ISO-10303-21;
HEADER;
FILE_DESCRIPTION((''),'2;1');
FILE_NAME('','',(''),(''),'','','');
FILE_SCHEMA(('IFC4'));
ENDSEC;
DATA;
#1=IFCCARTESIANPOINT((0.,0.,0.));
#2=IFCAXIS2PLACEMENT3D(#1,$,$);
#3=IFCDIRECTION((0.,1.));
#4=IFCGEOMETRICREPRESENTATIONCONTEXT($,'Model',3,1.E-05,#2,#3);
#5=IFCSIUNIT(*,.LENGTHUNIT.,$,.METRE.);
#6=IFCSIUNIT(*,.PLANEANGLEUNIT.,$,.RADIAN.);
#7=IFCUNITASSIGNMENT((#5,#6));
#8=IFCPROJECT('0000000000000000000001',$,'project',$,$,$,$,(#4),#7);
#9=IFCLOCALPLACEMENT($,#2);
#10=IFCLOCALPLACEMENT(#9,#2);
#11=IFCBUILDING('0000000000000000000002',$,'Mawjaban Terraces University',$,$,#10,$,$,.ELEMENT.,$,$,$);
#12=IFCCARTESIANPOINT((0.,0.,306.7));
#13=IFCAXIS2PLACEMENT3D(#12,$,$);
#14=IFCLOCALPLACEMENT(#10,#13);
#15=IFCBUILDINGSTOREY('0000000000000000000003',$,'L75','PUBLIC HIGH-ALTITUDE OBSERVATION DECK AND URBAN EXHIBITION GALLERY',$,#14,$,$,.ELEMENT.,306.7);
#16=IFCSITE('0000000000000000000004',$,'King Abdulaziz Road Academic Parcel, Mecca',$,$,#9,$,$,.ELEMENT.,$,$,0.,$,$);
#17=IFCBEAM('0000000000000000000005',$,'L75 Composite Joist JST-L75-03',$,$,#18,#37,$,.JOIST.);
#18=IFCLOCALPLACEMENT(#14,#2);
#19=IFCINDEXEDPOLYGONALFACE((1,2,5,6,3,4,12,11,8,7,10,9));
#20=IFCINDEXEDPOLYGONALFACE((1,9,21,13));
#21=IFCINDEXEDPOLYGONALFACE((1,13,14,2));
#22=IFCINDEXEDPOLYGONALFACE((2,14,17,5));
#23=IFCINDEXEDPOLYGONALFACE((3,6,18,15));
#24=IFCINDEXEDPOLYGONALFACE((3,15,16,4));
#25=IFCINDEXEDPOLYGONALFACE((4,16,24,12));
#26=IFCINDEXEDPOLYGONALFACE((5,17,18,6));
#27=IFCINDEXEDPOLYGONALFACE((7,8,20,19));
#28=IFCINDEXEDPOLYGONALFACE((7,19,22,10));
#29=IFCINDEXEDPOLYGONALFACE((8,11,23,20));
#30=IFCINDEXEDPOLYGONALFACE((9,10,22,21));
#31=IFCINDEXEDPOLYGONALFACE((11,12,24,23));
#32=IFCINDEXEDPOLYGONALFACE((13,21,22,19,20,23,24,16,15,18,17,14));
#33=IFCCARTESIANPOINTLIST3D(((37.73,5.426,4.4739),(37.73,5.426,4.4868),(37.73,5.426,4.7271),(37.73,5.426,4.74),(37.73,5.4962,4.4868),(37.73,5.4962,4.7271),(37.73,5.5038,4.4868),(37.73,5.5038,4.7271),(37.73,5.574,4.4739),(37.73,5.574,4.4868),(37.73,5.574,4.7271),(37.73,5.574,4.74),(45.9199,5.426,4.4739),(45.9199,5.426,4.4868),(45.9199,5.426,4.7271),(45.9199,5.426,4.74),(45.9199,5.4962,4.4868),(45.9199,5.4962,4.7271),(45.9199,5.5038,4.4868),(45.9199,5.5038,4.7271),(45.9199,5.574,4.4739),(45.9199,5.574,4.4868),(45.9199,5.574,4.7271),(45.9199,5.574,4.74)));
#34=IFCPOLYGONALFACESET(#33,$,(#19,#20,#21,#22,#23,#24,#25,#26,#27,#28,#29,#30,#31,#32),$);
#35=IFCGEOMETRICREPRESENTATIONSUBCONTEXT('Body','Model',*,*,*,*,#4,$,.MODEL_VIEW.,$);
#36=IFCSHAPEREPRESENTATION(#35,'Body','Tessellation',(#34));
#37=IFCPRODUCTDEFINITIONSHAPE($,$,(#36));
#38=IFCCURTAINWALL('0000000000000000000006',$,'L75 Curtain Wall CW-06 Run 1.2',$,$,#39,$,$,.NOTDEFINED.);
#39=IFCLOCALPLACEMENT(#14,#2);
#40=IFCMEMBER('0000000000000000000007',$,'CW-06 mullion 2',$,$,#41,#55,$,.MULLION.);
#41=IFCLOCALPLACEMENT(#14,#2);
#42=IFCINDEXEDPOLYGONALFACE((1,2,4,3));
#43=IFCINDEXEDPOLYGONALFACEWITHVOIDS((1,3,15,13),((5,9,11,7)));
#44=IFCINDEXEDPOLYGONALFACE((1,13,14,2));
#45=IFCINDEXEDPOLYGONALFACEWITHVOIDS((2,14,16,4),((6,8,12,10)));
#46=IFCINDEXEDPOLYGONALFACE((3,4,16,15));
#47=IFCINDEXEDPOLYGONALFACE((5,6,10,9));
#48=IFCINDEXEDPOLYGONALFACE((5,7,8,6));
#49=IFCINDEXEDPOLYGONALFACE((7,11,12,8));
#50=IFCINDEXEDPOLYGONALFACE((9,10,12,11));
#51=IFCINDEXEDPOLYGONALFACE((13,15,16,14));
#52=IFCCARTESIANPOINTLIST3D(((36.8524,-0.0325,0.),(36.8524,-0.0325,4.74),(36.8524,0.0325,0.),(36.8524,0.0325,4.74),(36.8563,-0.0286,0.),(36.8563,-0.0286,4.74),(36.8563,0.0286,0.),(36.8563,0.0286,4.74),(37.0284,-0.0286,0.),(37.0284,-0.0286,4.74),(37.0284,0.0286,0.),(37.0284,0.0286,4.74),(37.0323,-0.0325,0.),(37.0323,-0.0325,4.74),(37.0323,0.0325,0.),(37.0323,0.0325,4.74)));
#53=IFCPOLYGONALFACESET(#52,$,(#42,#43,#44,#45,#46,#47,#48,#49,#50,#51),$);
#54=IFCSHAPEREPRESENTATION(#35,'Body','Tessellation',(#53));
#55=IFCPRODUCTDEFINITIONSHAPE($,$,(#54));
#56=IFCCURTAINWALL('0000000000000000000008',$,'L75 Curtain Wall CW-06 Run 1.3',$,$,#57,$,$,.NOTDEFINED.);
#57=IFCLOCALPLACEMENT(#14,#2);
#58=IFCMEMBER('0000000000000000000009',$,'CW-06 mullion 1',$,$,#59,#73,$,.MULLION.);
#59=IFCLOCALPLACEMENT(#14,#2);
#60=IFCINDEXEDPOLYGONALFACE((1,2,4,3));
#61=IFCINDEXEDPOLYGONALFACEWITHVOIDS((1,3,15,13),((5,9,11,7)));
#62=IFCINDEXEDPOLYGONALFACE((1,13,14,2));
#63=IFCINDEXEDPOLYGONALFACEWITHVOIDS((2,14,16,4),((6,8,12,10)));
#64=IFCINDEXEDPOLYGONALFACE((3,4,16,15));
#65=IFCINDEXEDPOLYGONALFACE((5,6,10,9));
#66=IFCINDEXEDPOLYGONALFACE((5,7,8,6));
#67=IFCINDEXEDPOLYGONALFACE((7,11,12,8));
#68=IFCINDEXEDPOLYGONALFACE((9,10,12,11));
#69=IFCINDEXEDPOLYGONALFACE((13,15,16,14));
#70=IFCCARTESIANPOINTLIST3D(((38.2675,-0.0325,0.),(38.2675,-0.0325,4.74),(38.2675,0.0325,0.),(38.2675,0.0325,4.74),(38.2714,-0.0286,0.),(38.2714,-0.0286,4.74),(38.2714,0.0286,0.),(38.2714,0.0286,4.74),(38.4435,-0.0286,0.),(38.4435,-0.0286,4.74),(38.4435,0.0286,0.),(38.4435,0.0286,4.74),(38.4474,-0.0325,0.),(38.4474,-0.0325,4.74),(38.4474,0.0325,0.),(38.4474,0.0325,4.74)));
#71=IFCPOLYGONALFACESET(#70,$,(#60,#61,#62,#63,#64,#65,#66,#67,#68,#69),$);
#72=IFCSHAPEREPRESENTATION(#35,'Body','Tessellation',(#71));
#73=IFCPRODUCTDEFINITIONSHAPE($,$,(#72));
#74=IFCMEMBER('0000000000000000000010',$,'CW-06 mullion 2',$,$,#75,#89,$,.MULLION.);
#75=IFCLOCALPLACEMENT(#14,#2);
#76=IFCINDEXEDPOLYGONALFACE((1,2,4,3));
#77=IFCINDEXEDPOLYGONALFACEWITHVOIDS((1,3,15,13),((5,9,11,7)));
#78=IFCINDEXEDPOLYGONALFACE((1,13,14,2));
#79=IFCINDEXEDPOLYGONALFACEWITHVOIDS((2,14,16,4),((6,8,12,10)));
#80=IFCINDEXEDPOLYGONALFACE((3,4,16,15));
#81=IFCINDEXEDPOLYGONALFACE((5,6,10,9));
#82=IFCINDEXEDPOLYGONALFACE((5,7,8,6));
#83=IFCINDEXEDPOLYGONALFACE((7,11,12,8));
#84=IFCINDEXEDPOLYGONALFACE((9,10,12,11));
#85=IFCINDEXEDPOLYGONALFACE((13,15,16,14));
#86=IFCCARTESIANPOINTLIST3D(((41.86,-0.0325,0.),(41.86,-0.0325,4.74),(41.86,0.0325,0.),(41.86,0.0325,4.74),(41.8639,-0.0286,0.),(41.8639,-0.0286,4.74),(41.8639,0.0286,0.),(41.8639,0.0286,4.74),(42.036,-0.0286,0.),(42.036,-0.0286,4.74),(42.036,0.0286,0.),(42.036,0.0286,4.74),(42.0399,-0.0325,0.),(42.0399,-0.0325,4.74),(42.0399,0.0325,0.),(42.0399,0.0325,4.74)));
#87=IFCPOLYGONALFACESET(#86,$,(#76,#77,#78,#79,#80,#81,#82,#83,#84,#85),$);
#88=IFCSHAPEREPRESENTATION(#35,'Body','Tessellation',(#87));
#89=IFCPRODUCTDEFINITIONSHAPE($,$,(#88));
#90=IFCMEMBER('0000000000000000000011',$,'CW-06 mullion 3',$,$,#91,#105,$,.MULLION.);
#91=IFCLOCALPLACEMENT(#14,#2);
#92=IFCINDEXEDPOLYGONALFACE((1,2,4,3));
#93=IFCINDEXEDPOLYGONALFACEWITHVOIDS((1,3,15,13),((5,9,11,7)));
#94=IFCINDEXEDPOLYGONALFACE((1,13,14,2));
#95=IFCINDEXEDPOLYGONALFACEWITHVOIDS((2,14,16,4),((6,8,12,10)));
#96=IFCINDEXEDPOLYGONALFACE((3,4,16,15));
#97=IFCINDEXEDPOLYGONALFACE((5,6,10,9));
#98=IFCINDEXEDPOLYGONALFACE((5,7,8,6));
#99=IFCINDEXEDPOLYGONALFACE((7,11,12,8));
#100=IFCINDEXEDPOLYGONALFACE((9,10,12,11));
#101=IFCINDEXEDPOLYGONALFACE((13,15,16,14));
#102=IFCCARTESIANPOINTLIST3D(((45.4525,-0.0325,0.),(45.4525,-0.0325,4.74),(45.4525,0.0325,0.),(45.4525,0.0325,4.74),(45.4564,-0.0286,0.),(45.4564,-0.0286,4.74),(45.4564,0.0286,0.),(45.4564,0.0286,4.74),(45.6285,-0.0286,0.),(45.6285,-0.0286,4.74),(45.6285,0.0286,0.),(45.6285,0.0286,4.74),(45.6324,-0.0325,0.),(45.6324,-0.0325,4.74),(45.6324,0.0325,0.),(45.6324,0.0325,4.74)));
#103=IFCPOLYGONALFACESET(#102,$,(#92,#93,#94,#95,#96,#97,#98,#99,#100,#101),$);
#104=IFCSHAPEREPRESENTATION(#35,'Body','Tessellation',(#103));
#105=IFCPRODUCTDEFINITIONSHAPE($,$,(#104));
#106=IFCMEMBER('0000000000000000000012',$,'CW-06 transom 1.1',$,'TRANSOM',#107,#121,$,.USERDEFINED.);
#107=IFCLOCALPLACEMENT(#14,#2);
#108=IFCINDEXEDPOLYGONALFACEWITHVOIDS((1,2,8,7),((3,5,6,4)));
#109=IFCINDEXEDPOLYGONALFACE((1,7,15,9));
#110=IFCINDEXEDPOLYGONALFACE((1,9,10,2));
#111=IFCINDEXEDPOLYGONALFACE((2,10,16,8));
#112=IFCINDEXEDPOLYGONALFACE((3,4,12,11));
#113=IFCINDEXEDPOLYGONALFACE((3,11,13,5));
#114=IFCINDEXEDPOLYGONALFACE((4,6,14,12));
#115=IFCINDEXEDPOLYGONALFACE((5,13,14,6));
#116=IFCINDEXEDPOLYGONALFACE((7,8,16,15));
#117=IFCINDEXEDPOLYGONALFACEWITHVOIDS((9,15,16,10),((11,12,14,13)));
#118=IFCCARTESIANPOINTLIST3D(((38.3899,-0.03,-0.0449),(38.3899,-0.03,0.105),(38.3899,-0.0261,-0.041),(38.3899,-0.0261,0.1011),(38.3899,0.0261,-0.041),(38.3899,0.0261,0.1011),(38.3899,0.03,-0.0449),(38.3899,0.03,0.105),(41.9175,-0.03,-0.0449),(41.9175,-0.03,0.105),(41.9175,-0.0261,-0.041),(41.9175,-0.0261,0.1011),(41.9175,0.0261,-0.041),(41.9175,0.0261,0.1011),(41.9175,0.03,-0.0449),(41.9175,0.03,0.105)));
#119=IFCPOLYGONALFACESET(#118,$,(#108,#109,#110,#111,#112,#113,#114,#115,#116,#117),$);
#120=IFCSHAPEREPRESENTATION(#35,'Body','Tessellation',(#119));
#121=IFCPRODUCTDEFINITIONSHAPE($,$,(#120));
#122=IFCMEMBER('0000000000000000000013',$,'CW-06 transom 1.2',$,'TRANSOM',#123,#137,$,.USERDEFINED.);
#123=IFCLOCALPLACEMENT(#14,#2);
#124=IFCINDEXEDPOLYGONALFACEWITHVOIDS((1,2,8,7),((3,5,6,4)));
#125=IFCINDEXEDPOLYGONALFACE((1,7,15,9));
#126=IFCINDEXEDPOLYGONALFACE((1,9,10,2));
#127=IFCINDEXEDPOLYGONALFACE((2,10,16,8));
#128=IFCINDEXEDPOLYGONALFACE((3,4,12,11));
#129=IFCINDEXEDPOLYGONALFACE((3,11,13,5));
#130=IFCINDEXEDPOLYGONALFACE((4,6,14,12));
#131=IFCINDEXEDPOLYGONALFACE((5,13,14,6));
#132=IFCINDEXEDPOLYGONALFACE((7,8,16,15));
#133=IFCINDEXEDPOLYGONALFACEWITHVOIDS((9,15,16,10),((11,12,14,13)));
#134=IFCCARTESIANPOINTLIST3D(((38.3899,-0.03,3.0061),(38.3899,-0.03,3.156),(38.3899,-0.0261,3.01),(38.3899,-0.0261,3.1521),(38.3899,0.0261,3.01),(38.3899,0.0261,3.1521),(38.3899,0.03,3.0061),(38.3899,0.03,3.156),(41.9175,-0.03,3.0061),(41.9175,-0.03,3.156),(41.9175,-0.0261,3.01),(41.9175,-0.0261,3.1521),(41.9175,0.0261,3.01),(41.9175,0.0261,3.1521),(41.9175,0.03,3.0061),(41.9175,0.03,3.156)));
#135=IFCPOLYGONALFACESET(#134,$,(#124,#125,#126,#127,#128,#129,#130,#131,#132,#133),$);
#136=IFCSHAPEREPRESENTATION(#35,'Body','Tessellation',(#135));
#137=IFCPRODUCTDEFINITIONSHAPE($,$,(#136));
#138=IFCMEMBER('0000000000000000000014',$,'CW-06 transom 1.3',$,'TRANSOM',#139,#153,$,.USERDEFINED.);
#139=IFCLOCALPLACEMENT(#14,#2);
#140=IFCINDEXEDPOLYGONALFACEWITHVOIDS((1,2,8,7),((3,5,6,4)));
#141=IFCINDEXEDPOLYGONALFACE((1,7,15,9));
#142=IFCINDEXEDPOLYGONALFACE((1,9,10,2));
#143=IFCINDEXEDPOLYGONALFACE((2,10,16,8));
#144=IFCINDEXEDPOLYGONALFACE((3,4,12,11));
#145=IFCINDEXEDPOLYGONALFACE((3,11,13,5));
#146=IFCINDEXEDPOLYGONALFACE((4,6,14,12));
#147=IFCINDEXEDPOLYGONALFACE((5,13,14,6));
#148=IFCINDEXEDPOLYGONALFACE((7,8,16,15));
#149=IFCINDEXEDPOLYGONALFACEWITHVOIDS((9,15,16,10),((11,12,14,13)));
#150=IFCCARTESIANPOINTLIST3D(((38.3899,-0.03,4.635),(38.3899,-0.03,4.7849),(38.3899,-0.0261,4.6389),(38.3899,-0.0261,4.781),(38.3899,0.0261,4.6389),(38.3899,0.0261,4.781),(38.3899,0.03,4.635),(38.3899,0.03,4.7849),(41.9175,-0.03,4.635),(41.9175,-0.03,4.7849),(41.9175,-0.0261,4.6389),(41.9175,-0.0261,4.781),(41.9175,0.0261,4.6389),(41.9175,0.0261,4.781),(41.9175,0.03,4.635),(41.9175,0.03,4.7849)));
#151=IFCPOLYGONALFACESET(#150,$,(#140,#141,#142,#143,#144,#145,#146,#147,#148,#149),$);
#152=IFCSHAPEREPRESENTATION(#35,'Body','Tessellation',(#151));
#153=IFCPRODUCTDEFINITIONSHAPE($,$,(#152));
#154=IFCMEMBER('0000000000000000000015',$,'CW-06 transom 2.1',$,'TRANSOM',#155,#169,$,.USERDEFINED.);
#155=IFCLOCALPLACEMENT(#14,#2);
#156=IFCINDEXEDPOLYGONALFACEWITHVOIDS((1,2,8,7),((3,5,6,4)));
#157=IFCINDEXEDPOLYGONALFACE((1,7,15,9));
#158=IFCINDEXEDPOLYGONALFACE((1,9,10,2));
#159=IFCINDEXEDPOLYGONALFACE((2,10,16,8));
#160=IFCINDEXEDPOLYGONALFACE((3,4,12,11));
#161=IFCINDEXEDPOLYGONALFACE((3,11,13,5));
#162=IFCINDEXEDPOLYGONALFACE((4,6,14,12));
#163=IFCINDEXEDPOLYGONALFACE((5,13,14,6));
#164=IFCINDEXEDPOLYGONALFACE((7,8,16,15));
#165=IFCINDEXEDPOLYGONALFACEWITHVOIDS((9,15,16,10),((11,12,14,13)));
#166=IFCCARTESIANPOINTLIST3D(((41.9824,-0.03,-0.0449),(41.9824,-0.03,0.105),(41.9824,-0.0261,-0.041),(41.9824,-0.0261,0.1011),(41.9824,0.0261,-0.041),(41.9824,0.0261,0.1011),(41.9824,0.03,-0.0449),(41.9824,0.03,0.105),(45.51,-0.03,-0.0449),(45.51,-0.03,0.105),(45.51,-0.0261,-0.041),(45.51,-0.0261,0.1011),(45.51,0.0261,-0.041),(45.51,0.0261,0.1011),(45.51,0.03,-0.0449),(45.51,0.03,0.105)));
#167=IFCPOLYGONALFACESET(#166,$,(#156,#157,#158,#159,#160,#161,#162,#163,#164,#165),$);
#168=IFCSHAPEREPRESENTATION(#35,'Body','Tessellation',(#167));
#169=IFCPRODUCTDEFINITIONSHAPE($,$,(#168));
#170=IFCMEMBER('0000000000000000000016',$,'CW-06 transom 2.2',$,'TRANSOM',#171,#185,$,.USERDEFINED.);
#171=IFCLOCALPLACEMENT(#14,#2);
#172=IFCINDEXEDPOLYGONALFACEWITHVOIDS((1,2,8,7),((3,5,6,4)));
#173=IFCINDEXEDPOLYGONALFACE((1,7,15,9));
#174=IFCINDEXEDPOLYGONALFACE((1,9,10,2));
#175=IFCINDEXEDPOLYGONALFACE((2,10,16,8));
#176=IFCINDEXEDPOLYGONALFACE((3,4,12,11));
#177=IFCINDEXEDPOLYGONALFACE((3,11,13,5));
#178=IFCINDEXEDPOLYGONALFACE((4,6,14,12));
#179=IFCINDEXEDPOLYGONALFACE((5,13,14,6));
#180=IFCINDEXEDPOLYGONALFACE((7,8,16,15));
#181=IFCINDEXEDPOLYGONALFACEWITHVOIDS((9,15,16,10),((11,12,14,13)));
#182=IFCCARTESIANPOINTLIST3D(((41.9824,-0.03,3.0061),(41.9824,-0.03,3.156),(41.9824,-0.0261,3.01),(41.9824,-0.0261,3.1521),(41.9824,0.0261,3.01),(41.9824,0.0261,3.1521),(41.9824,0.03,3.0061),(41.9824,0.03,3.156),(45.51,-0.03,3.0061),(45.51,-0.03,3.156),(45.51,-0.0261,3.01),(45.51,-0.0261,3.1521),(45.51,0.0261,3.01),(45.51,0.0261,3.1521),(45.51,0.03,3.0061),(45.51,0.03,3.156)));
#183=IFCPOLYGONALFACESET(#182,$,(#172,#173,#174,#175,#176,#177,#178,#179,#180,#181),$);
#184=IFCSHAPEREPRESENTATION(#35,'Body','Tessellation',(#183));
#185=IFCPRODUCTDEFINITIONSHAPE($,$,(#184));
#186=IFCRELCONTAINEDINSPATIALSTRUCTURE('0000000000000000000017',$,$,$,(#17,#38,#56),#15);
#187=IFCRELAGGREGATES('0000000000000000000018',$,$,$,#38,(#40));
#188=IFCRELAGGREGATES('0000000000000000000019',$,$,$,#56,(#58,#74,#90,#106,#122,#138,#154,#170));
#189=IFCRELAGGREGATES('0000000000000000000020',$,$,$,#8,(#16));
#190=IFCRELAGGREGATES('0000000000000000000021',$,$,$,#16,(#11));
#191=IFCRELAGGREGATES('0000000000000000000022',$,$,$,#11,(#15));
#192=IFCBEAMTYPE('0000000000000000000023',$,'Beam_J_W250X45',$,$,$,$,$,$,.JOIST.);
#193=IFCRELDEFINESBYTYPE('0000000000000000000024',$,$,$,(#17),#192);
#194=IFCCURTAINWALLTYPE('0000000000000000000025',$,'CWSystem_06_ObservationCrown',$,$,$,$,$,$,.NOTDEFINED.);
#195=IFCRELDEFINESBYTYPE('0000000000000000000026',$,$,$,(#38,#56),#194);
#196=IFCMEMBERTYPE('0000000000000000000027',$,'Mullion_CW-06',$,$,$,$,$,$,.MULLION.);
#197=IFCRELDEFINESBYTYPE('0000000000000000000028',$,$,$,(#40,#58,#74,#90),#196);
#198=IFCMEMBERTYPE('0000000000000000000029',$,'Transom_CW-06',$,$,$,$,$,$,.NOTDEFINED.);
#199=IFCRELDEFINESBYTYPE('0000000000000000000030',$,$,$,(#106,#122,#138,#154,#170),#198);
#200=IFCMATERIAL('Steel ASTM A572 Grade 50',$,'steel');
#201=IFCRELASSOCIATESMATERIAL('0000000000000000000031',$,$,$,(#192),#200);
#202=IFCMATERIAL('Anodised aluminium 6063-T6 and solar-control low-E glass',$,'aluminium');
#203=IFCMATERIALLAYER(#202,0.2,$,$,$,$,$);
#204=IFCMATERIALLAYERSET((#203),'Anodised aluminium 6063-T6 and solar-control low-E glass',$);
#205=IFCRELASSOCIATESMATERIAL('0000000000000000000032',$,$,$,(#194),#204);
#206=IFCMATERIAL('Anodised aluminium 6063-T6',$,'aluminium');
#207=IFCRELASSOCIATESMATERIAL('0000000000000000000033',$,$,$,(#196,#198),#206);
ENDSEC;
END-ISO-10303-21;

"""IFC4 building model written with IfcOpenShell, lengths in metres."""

from ifc_helpers import new_model, si_unit, direction, frame, origin, origin_2d, place, context, subcontext, project, spatial, hollow_rectangle, i_section, extrude, material, layer, layer_set, material_profile, profile_set, type_object, element, aggregate, save


model = new_model("IFC4")

# Units and contexts
model_context = context("Model", 3, precision=1e-05, world=origin(), true_north=direction((0.0, 1.0)))
body_context = subcontext(model_context, "Body", "Model", "MODEL_VIEW")
ifc_project = project(units=[si_unit("LENGTHUNIT", "METRE"), si_unit("PLANEANGLEUNIT", "RADIAN")], contexts=[model_context])

# Site, building, storey
site_placement = place(None, origin())
site = spatial("IfcSite", under=ifc_project, at=site_placement, Name="King Abdulaziz Road Academic Parcel, Mecca", CompositionType="ELEMENT", RefElevation=0.0)
building_placement = place(site_placement, origin())
building = spatial("IfcBuilding", under=site, at=building_placement, Name="Mawjaban Terraces University", CompositionType="ELEMENT")
storey_placement = place(building_placement, frame((0.0, 0.0, 306.7)))
storey = spatial("IfcBuildingStorey", under=building, at=storey_placement, Name="L75", Description="PUBLIC HIGH-ALTITUDE OBSERVATION DECK AND URBAN EXHIBITION GALLERY", CompositionType="ELEMENT", Elevation=306.7)

# Beam
ifc_material_1 = material(Name="Steel ASTM A572 Grade 50", Category="steel")
ifc_material_profile_1 = material_profile(ifc_material_1, i_section(OverallWidth=0.1479, OverallDepth=0.2661, WebThickness=0.0076, FlangeThickness=0.0129, at=origin_2d()), Name="W250X45")
ifc_profile_set_1 = profile_set([ifc_material_profile_1], Name="Steel ASTM A572 Grade 50")
beam_type_1 = type_object("IfcBeamType", Name="Beam_J_W250X45", PredefinedType="JOIST", material=ifc_profile_set_1)
for number, where, z_axis, x_axis, name in (
    (1, (37.73, 5.5, 4.6069), (1.0, 0.0, 0.0), (0.0, 1.0, 0.0), "L75 Composite Joist JST-L75-03"),
):
    element("IfcBeam", number, at=place(storey_placement, frame(where, z_axis=z_axis, x_axis=x_axis)), inside=storey, type_object=beam_type_1, Name=name, PredefinedType="JOIST", context=body_context, shape_type="SweptSolid", body=[
        extrude(i_section(OverallWidth=0.1479, OverallDepth=0.2661, WebThickness=0.0076, FlangeThickness=0.0129, at=origin_2d()), origin(), (0.0, 0.0, 1.0), 8.1899),
    ])

# Curtain wall, member
ifc_material_2 = material(Name="Anodised aluminium 6063-T6 and solar-control low-E glass", Category="aluminium")
ifc_layer_1 = layer(ifc_material_2, 0.2)
ifc_layer_set_1 = layer_set([ifc_layer_1], Name="Anodised aluminium 6063-T6 and solar-control low-E glass")
curtain_wall_type = type_object("IfcCurtainWallType", Name="CWSystem_06_ObservationCrown", PredefinedType="NOTDEFINED", material=ifc_layer_set_1)
curtain_wall_1_placement = place(storey_placement, origin())
curtain_wall_1 = element("IfcCurtainWall", 2, at=curtain_wall_1_placement, inside=storey, type_object=curtain_wall_type, Name="L75 Curtain Wall CW-06 Run 1.2", PredefinedType="NOTDEFINED")
ifc_material_3 = material(Name="Anodised aluminium 6063-T6", Category="aluminium")
ifc_material_profile_2 = material_profile(ifc_material_3, hollow_rectangle(XDim=0.0649, YDim=0.1799, WallThickness=0.0039, at=origin_2d()), Name="ALU180X65X4")
ifc_profile_set_2 = profile_set([ifc_material_profile_2], Name="Anodised aluminium 6063-T6")
member_type_1 = type_object("IfcMemberType", Name="Mullion_CW-06", PredefinedType="MULLION", material=ifc_profile_set_2)
member_1_placement = place(storey_placement, frame((36.9424, 0.0, 0.0), z_axis=(0.0, 0.0, 1.0), x_axis=(0.0, 1.0, 0.0)))
member_1 = element("IfcMember", 3, at=member_1_placement, type_object=member_type_1, Name="CW-06 mullion 2", PredefinedType="MULLION", context=body_context, shape_type="SweptSolid", body=[
    extrude(hollow_rectangle(XDim=0.0649, YDim=0.1799, WallThickness=0.0039, at=origin_2d()), origin(), (0.0, 0.0, 1.0), 4.74),
])
aggregate(curtain_wall_1, [member_1])

# Curtain wall, members
curtain_wall_2_placement = place(storey_placement, origin())
curtain_wall_2 = element("IfcCurtainWall", 4, at=curtain_wall_2_placement, inside=storey, type_object=curtain_wall_type, Name="L75 Curtain Wall CW-06 Run 1.3", PredefinedType="NOTDEFINED")
member_2_placement = place(storey_placement, frame((38.3574, 0.0, 0.0), z_axis=(0.0, 0.0, 1.0), x_axis=(0.0, 1.0, 0.0)))
member_2 = element("IfcMember", 5, at=member_2_placement, type_object=member_type_1, Name="CW-06 mullion 1", PredefinedType="MULLION", context=body_context, shape_type="SweptSolid", body=[
    extrude(hollow_rectangle(XDim=0.0649, YDim=0.1799, WallThickness=0.0039, at=origin_2d()), origin(), (0.0, 0.0, 1.0), 4.74),
])
member_3_placement = place(storey_placement, frame((41.95, 0.0, 0.0), z_axis=(0.0, 0.0, 1.0), x_axis=(0.0, 1.0, 0.0)))
member_3 = element("IfcMember", 6, at=member_3_placement, type_object=member_type_1, Name="CW-06 mullion 2", PredefinedType="MULLION", context=body_context, shape_type="SweptSolid", body=[
    extrude(hollow_rectangle(XDim=0.0649, YDim=0.1799, WallThickness=0.0039, at=origin_2d()), origin(), (0.0, 0.0, 1.0), 4.74),
])
member_4_placement = place(storey_placement, frame((45.5425, 0.0, 0.0), z_axis=(0.0, 0.0, 1.0), x_axis=(0.0, 1.0, 0.0)))
member_4 = element("IfcMember", 7, at=member_4_placement, type_object=member_type_1, Name="CW-06 mullion 3", PredefinedType="MULLION", context=body_context, shape_type="SweptSolid", body=[
    extrude(hollow_rectangle(XDim=0.0649, YDim=0.1799, WallThickness=0.0039, at=origin_2d()), origin(), (0.0, 0.0, 1.0), 4.74),
])
ifc_material_profile_3 = material_profile(ifc_material_3, hollow_rectangle(XDim=0.0601, YDim=0.1499, WallThickness=0.0039, at=origin_2d()), Name="ALU150X60X4")
ifc_profile_set_3 = profile_set([ifc_material_profile_3], Name="Anodised aluminium 6063-T6")
member_type_2 = type_object("IfcMemberType", Name="Transom_CW-06", PredefinedType="NOTDEFINED", material=ifc_profile_set_3)
member_5_placement = place(storey_placement, frame((38.3899, 0.0, 0.03), z_axis=(1.0, 0.0, 0.0), x_axis=(0.0, 1.0, 0.0)))
member_5 = element("IfcMember", 8, at=member_5_placement, type_object=member_type_2, Name="CW-06 transom 1.1", ObjectType="TRANSOM", PredefinedType="USERDEFINED", context=body_context, shape_type="SweptSolid", body=[
    extrude(hollow_rectangle(XDim=0.0601, YDim=0.1499, WallThickness=0.0039, at=origin_2d()), origin(), (0.0, 0.0, 1.0), 3.5276),
])
member_6_placement = place(storey_placement, frame((38.3899, 0.0, 3.0811), z_axis=(1.0, 0.0, 0.0), x_axis=(0.0, 1.0, 0.0)))
member_6 = element("IfcMember", 9, at=member_6_placement, type_object=member_type_2, Name="CW-06 transom 1.2", ObjectType="TRANSOM", PredefinedType="USERDEFINED", context=body_context, shape_type="SweptSolid", body=[
    extrude(hollow_rectangle(XDim=0.0601, YDim=0.1499, WallThickness=0.0039, at=origin_2d()), origin(), (0.0, 0.0, 1.0), 3.5276),
])
member_7_placement = place(storey_placement, frame((38.3899, 0.0, 4.71), z_axis=(1.0, 0.0, 0.0), x_axis=(0.0, 1.0, 0.0)))
member_7 = element("IfcMember", 10, at=member_7_placement, type_object=member_type_2, Name="CW-06 transom 1.3", ObjectType="TRANSOM", PredefinedType="USERDEFINED", context=body_context, shape_type="SweptSolid", body=[
    extrude(hollow_rectangle(XDim=0.0601, YDim=0.1499, WallThickness=0.0039, at=origin_2d()), origin(), (0.0, 0.0, 1.0), 3.5276),
])
member_8_placement = place(storey_placement, frame((41.9824, 0.0, 0.03), z_axis=(1.0, 0.0, 0.0), x_axis=(0.0, 1.0, 0.0)))
member_8 = element("IfcMember", 11, at=member_8_placement, type_object=member_type_2, Name="CW-06 transom 2.1", ObjectType="TRANSOM", PredefinedType="USERDEFINED", context=body_context, shape_type="SweptSolid", body=[
    extrude(hollow_rectangle(XDim=0.0601, YDim=0.1499, WallThickness=0.0039, at=origin_2d()), origin(), (0.0, 0.0, 1.0), 3.5276),
])
member_9_placement = place(storey_placement, frame((41.9824, 0.0, 3.0811), z_axis=(1.0, 0.0, 0.0), x_axis=(0.0, 1.0, 0.0)))
member_9 = element("IfcMember", 12, at=member_9_placement, type_object=member_type_2, Name="CW-06 transom 2.2", ObjectType="TRANSOM", PredefinedType="USERDEFINED", context=body_context, shape_type="SweptSolid", body=[
    extrude(hollow_rectangle(XDim=0.0601, YDim=0.1499, WallThickness=0.0039, at=origin_2d()), origin(), (0.0, 0.0, 1.0), 3.5276),
])
aggregate(curtain_wall_2, [member_2, member_3, member_4, member_5, member_6, member_7, member_8, member_9])

save(model, "model.ifc")
